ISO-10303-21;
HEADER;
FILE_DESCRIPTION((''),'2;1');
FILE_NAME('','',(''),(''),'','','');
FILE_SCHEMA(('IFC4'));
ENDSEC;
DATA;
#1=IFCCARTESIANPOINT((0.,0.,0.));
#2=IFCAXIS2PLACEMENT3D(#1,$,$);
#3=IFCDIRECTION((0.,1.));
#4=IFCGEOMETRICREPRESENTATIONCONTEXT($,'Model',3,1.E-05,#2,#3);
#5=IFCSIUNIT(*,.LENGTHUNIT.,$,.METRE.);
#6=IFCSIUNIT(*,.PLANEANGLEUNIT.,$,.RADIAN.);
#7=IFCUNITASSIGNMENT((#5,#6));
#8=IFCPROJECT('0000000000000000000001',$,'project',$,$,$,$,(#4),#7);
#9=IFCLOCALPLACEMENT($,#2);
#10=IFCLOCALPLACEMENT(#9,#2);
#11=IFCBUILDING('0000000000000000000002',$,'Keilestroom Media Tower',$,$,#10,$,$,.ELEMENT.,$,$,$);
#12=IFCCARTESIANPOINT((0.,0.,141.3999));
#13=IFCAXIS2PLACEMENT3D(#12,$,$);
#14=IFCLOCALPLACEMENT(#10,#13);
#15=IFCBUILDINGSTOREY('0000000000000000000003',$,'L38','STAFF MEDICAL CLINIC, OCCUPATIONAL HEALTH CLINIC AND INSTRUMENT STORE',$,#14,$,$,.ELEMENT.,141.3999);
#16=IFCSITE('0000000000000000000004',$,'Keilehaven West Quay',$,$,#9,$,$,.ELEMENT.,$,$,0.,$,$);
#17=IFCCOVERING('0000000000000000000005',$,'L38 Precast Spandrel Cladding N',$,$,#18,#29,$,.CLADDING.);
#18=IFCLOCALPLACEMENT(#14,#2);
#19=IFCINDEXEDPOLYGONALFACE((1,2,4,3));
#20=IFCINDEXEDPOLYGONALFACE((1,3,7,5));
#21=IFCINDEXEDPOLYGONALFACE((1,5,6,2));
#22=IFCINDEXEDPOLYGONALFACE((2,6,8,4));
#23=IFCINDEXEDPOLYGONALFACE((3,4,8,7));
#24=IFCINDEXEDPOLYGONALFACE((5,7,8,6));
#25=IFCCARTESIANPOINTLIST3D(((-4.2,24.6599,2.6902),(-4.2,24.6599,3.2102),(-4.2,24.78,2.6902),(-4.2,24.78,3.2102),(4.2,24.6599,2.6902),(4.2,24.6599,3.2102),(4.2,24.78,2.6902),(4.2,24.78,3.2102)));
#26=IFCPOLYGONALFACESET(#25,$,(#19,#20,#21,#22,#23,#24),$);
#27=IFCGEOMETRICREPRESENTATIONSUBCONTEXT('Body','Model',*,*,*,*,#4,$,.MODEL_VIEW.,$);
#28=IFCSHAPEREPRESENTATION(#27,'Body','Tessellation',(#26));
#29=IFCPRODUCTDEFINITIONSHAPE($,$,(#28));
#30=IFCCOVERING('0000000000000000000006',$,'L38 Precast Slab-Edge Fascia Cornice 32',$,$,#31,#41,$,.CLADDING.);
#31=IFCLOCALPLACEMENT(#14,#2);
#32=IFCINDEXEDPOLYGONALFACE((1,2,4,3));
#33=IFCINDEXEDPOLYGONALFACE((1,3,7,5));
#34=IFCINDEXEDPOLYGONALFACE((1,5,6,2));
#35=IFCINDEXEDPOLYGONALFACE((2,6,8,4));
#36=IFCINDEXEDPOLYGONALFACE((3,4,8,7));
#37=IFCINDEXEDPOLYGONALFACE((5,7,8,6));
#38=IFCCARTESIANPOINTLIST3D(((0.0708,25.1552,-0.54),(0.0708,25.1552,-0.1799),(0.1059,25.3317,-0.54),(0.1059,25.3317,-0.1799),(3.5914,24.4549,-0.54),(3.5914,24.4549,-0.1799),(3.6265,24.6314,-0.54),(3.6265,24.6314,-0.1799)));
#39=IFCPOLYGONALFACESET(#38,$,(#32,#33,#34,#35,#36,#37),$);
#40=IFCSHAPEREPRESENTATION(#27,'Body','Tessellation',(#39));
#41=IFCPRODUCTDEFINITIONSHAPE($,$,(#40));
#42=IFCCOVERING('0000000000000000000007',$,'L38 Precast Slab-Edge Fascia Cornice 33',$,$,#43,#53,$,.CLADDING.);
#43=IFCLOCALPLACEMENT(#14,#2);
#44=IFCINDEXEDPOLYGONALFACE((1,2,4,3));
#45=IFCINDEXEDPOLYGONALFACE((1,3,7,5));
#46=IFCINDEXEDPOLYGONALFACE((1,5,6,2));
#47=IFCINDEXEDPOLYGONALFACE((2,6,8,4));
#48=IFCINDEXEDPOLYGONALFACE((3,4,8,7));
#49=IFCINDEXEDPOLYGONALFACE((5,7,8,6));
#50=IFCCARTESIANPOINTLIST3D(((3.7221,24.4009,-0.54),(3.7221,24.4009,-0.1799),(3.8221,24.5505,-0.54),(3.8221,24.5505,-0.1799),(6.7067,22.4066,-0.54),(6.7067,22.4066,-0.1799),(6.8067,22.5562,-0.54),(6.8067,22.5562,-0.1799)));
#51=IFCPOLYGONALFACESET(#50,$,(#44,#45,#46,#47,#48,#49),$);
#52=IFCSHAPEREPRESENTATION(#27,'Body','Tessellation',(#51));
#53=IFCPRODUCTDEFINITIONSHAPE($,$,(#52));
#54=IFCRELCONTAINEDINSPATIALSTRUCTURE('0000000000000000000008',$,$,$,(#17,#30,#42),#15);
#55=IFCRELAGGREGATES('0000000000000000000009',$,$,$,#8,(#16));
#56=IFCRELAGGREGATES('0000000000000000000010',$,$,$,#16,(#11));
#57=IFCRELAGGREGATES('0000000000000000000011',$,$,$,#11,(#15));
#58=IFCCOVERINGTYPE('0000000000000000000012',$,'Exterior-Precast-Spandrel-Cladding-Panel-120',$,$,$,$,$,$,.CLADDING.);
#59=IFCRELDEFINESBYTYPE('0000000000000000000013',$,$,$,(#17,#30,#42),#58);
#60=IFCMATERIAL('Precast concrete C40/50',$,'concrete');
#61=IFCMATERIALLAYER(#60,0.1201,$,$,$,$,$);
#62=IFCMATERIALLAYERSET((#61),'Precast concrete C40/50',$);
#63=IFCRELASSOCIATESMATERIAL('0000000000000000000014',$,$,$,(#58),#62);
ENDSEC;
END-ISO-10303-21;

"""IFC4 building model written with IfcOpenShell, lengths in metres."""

from ifc_helpers import new_model, si_unit, direction, frame, origin, origin_2d, place, context, subcontext, project, spatial, rectangle, extrude, source, transform, mapped, material, layer, layer_set, type_object, element, save


model = new_model("IFC4")

# Units and contexts
model_context = context("Model", 3, precision=1e-05, world=origin(), true_north=direction((0.0, 1.0)))
body_context = subcontext(model_context, "Body", "Model", "MODEL_VIEW")
ifc_project = project(units=[si_unit("LENGTHUNIT", "METRE"), si_unit("PLANEANGLEUNIT", "RADIAN")], contexts=[model_context])

# Site, building, storey
site_placement = place(None, origin())
site = spatial("IfcSite", under=ifc_project, at=site_placement, Name="Keilehaven West Quay", CompositionType="ELEMENT", RefElevation=0.0)
building_placement = place(site_placement, origin())
building = spatial("IfcBuilding", under=site, at=building_placement, Name="Keilestroom Media Tower", CompositionType="ELEMENT")
storey_placement = place(building_placement, frame((0.0, 0.0, 141.3999)))
storey = spatial("IfcBuildingStorey", under=building, at=storey_placement, Name="L38", Description="STAFF MEDICAL CLINIC, OCCUPATIONAL HEALTH CLINIC AND INSTRUMENT STORE", CompositionType="ELEMENT", Elevation=141.3999)

# Shared definitions
ifc_material_1 = material(Name="Precast concrete C40/50", Category="concrete")

# Coverings
ifc_layer_1 = layer(ifc_material_1, 0.1201)
ifc_layer_set_1 = layer_set([ifc_layer_1], Name="Precast concrete C40/50")
covering_type = type_object("IfcCoveringType", Name="Exterior-Precast-Spandrel-Cladding-Panel-120", PredefinedType="CLADDING", material=ifc_layer_set_1)
shared_shape_1 = source(origin(), body_context, "Body", "SweptSolid", [
    extrude(rectangle(XDim=8.3999, YDim=0.1201, at=origin_2d()), origin(), (0.0, 0.0, 1.0), 0.52),
])
covering_placement = place(storey_placement, frame((0.0, 24.72, 2.6902), z_axis=(0.0, 0.0, 1.0), x_axis=(1.0, 0.0, 0.0)))
element("IfcCovering", 1, at=covering_placement, inside=storey, type_object=covering_type, Name="L38 Precast Spandrel Cladding N", PredefinedType="CLADDING", context=body_context, shape_type="MappedRepresentation", body=[
    mapped(shared_shape_1, transform((0.0, 0.0, 0.0), x_axis=(1.0, 0.0, 0.0), y_axis=(0.0, 1.0, 0.0), z_axis=(0.0, 0.0, 1.0), scale=1.0)),
])
shared_shape_2 = source(origin(), body_context, "Body", "SweptSolid", [
    extrude(rectangle(XDim=3.5896, YDim=0.1799, at=origin_2d()), origin(), (0.0, 0.0, 1.0), 0.3601),
])
for number, where, z_axis, x_axis, name in (
    (2, (1.8486, 24.8933, -0.54), (0.0, 0.0, 1.0), (0.980784, -0.195099, 0.0), "L38 Precast Slab-Edge Fascia Cornice 32"),
    (3, (5.2644, 23.4785, -0.54), (0.0, 0.0, 1.0), (0.831467, -0.555575, 0.0), "L38 Precast Slab-Edge Fascia Cornice 33"),
):
    element("IfcCovering", number, at=place(storey_placement, frame(where, z_axis=z_axis, x_axis=x_axis)), inside=storey, type_object=covering_type, Name=name, PredefinedType="CLADDING", context=body_context, shape_type="MappedRepresentation", body=[
        mapped(shared_shape_2, transform((0.0, 0.0, 0.0), x_axis=(1.0, 0.0, 0.0), y_axis=(0.0, 1.0, 0.0), z_axis=(0.0, 0.0, 1.0), scale=1.0)),
    ])

save(model, "model.ifc")
